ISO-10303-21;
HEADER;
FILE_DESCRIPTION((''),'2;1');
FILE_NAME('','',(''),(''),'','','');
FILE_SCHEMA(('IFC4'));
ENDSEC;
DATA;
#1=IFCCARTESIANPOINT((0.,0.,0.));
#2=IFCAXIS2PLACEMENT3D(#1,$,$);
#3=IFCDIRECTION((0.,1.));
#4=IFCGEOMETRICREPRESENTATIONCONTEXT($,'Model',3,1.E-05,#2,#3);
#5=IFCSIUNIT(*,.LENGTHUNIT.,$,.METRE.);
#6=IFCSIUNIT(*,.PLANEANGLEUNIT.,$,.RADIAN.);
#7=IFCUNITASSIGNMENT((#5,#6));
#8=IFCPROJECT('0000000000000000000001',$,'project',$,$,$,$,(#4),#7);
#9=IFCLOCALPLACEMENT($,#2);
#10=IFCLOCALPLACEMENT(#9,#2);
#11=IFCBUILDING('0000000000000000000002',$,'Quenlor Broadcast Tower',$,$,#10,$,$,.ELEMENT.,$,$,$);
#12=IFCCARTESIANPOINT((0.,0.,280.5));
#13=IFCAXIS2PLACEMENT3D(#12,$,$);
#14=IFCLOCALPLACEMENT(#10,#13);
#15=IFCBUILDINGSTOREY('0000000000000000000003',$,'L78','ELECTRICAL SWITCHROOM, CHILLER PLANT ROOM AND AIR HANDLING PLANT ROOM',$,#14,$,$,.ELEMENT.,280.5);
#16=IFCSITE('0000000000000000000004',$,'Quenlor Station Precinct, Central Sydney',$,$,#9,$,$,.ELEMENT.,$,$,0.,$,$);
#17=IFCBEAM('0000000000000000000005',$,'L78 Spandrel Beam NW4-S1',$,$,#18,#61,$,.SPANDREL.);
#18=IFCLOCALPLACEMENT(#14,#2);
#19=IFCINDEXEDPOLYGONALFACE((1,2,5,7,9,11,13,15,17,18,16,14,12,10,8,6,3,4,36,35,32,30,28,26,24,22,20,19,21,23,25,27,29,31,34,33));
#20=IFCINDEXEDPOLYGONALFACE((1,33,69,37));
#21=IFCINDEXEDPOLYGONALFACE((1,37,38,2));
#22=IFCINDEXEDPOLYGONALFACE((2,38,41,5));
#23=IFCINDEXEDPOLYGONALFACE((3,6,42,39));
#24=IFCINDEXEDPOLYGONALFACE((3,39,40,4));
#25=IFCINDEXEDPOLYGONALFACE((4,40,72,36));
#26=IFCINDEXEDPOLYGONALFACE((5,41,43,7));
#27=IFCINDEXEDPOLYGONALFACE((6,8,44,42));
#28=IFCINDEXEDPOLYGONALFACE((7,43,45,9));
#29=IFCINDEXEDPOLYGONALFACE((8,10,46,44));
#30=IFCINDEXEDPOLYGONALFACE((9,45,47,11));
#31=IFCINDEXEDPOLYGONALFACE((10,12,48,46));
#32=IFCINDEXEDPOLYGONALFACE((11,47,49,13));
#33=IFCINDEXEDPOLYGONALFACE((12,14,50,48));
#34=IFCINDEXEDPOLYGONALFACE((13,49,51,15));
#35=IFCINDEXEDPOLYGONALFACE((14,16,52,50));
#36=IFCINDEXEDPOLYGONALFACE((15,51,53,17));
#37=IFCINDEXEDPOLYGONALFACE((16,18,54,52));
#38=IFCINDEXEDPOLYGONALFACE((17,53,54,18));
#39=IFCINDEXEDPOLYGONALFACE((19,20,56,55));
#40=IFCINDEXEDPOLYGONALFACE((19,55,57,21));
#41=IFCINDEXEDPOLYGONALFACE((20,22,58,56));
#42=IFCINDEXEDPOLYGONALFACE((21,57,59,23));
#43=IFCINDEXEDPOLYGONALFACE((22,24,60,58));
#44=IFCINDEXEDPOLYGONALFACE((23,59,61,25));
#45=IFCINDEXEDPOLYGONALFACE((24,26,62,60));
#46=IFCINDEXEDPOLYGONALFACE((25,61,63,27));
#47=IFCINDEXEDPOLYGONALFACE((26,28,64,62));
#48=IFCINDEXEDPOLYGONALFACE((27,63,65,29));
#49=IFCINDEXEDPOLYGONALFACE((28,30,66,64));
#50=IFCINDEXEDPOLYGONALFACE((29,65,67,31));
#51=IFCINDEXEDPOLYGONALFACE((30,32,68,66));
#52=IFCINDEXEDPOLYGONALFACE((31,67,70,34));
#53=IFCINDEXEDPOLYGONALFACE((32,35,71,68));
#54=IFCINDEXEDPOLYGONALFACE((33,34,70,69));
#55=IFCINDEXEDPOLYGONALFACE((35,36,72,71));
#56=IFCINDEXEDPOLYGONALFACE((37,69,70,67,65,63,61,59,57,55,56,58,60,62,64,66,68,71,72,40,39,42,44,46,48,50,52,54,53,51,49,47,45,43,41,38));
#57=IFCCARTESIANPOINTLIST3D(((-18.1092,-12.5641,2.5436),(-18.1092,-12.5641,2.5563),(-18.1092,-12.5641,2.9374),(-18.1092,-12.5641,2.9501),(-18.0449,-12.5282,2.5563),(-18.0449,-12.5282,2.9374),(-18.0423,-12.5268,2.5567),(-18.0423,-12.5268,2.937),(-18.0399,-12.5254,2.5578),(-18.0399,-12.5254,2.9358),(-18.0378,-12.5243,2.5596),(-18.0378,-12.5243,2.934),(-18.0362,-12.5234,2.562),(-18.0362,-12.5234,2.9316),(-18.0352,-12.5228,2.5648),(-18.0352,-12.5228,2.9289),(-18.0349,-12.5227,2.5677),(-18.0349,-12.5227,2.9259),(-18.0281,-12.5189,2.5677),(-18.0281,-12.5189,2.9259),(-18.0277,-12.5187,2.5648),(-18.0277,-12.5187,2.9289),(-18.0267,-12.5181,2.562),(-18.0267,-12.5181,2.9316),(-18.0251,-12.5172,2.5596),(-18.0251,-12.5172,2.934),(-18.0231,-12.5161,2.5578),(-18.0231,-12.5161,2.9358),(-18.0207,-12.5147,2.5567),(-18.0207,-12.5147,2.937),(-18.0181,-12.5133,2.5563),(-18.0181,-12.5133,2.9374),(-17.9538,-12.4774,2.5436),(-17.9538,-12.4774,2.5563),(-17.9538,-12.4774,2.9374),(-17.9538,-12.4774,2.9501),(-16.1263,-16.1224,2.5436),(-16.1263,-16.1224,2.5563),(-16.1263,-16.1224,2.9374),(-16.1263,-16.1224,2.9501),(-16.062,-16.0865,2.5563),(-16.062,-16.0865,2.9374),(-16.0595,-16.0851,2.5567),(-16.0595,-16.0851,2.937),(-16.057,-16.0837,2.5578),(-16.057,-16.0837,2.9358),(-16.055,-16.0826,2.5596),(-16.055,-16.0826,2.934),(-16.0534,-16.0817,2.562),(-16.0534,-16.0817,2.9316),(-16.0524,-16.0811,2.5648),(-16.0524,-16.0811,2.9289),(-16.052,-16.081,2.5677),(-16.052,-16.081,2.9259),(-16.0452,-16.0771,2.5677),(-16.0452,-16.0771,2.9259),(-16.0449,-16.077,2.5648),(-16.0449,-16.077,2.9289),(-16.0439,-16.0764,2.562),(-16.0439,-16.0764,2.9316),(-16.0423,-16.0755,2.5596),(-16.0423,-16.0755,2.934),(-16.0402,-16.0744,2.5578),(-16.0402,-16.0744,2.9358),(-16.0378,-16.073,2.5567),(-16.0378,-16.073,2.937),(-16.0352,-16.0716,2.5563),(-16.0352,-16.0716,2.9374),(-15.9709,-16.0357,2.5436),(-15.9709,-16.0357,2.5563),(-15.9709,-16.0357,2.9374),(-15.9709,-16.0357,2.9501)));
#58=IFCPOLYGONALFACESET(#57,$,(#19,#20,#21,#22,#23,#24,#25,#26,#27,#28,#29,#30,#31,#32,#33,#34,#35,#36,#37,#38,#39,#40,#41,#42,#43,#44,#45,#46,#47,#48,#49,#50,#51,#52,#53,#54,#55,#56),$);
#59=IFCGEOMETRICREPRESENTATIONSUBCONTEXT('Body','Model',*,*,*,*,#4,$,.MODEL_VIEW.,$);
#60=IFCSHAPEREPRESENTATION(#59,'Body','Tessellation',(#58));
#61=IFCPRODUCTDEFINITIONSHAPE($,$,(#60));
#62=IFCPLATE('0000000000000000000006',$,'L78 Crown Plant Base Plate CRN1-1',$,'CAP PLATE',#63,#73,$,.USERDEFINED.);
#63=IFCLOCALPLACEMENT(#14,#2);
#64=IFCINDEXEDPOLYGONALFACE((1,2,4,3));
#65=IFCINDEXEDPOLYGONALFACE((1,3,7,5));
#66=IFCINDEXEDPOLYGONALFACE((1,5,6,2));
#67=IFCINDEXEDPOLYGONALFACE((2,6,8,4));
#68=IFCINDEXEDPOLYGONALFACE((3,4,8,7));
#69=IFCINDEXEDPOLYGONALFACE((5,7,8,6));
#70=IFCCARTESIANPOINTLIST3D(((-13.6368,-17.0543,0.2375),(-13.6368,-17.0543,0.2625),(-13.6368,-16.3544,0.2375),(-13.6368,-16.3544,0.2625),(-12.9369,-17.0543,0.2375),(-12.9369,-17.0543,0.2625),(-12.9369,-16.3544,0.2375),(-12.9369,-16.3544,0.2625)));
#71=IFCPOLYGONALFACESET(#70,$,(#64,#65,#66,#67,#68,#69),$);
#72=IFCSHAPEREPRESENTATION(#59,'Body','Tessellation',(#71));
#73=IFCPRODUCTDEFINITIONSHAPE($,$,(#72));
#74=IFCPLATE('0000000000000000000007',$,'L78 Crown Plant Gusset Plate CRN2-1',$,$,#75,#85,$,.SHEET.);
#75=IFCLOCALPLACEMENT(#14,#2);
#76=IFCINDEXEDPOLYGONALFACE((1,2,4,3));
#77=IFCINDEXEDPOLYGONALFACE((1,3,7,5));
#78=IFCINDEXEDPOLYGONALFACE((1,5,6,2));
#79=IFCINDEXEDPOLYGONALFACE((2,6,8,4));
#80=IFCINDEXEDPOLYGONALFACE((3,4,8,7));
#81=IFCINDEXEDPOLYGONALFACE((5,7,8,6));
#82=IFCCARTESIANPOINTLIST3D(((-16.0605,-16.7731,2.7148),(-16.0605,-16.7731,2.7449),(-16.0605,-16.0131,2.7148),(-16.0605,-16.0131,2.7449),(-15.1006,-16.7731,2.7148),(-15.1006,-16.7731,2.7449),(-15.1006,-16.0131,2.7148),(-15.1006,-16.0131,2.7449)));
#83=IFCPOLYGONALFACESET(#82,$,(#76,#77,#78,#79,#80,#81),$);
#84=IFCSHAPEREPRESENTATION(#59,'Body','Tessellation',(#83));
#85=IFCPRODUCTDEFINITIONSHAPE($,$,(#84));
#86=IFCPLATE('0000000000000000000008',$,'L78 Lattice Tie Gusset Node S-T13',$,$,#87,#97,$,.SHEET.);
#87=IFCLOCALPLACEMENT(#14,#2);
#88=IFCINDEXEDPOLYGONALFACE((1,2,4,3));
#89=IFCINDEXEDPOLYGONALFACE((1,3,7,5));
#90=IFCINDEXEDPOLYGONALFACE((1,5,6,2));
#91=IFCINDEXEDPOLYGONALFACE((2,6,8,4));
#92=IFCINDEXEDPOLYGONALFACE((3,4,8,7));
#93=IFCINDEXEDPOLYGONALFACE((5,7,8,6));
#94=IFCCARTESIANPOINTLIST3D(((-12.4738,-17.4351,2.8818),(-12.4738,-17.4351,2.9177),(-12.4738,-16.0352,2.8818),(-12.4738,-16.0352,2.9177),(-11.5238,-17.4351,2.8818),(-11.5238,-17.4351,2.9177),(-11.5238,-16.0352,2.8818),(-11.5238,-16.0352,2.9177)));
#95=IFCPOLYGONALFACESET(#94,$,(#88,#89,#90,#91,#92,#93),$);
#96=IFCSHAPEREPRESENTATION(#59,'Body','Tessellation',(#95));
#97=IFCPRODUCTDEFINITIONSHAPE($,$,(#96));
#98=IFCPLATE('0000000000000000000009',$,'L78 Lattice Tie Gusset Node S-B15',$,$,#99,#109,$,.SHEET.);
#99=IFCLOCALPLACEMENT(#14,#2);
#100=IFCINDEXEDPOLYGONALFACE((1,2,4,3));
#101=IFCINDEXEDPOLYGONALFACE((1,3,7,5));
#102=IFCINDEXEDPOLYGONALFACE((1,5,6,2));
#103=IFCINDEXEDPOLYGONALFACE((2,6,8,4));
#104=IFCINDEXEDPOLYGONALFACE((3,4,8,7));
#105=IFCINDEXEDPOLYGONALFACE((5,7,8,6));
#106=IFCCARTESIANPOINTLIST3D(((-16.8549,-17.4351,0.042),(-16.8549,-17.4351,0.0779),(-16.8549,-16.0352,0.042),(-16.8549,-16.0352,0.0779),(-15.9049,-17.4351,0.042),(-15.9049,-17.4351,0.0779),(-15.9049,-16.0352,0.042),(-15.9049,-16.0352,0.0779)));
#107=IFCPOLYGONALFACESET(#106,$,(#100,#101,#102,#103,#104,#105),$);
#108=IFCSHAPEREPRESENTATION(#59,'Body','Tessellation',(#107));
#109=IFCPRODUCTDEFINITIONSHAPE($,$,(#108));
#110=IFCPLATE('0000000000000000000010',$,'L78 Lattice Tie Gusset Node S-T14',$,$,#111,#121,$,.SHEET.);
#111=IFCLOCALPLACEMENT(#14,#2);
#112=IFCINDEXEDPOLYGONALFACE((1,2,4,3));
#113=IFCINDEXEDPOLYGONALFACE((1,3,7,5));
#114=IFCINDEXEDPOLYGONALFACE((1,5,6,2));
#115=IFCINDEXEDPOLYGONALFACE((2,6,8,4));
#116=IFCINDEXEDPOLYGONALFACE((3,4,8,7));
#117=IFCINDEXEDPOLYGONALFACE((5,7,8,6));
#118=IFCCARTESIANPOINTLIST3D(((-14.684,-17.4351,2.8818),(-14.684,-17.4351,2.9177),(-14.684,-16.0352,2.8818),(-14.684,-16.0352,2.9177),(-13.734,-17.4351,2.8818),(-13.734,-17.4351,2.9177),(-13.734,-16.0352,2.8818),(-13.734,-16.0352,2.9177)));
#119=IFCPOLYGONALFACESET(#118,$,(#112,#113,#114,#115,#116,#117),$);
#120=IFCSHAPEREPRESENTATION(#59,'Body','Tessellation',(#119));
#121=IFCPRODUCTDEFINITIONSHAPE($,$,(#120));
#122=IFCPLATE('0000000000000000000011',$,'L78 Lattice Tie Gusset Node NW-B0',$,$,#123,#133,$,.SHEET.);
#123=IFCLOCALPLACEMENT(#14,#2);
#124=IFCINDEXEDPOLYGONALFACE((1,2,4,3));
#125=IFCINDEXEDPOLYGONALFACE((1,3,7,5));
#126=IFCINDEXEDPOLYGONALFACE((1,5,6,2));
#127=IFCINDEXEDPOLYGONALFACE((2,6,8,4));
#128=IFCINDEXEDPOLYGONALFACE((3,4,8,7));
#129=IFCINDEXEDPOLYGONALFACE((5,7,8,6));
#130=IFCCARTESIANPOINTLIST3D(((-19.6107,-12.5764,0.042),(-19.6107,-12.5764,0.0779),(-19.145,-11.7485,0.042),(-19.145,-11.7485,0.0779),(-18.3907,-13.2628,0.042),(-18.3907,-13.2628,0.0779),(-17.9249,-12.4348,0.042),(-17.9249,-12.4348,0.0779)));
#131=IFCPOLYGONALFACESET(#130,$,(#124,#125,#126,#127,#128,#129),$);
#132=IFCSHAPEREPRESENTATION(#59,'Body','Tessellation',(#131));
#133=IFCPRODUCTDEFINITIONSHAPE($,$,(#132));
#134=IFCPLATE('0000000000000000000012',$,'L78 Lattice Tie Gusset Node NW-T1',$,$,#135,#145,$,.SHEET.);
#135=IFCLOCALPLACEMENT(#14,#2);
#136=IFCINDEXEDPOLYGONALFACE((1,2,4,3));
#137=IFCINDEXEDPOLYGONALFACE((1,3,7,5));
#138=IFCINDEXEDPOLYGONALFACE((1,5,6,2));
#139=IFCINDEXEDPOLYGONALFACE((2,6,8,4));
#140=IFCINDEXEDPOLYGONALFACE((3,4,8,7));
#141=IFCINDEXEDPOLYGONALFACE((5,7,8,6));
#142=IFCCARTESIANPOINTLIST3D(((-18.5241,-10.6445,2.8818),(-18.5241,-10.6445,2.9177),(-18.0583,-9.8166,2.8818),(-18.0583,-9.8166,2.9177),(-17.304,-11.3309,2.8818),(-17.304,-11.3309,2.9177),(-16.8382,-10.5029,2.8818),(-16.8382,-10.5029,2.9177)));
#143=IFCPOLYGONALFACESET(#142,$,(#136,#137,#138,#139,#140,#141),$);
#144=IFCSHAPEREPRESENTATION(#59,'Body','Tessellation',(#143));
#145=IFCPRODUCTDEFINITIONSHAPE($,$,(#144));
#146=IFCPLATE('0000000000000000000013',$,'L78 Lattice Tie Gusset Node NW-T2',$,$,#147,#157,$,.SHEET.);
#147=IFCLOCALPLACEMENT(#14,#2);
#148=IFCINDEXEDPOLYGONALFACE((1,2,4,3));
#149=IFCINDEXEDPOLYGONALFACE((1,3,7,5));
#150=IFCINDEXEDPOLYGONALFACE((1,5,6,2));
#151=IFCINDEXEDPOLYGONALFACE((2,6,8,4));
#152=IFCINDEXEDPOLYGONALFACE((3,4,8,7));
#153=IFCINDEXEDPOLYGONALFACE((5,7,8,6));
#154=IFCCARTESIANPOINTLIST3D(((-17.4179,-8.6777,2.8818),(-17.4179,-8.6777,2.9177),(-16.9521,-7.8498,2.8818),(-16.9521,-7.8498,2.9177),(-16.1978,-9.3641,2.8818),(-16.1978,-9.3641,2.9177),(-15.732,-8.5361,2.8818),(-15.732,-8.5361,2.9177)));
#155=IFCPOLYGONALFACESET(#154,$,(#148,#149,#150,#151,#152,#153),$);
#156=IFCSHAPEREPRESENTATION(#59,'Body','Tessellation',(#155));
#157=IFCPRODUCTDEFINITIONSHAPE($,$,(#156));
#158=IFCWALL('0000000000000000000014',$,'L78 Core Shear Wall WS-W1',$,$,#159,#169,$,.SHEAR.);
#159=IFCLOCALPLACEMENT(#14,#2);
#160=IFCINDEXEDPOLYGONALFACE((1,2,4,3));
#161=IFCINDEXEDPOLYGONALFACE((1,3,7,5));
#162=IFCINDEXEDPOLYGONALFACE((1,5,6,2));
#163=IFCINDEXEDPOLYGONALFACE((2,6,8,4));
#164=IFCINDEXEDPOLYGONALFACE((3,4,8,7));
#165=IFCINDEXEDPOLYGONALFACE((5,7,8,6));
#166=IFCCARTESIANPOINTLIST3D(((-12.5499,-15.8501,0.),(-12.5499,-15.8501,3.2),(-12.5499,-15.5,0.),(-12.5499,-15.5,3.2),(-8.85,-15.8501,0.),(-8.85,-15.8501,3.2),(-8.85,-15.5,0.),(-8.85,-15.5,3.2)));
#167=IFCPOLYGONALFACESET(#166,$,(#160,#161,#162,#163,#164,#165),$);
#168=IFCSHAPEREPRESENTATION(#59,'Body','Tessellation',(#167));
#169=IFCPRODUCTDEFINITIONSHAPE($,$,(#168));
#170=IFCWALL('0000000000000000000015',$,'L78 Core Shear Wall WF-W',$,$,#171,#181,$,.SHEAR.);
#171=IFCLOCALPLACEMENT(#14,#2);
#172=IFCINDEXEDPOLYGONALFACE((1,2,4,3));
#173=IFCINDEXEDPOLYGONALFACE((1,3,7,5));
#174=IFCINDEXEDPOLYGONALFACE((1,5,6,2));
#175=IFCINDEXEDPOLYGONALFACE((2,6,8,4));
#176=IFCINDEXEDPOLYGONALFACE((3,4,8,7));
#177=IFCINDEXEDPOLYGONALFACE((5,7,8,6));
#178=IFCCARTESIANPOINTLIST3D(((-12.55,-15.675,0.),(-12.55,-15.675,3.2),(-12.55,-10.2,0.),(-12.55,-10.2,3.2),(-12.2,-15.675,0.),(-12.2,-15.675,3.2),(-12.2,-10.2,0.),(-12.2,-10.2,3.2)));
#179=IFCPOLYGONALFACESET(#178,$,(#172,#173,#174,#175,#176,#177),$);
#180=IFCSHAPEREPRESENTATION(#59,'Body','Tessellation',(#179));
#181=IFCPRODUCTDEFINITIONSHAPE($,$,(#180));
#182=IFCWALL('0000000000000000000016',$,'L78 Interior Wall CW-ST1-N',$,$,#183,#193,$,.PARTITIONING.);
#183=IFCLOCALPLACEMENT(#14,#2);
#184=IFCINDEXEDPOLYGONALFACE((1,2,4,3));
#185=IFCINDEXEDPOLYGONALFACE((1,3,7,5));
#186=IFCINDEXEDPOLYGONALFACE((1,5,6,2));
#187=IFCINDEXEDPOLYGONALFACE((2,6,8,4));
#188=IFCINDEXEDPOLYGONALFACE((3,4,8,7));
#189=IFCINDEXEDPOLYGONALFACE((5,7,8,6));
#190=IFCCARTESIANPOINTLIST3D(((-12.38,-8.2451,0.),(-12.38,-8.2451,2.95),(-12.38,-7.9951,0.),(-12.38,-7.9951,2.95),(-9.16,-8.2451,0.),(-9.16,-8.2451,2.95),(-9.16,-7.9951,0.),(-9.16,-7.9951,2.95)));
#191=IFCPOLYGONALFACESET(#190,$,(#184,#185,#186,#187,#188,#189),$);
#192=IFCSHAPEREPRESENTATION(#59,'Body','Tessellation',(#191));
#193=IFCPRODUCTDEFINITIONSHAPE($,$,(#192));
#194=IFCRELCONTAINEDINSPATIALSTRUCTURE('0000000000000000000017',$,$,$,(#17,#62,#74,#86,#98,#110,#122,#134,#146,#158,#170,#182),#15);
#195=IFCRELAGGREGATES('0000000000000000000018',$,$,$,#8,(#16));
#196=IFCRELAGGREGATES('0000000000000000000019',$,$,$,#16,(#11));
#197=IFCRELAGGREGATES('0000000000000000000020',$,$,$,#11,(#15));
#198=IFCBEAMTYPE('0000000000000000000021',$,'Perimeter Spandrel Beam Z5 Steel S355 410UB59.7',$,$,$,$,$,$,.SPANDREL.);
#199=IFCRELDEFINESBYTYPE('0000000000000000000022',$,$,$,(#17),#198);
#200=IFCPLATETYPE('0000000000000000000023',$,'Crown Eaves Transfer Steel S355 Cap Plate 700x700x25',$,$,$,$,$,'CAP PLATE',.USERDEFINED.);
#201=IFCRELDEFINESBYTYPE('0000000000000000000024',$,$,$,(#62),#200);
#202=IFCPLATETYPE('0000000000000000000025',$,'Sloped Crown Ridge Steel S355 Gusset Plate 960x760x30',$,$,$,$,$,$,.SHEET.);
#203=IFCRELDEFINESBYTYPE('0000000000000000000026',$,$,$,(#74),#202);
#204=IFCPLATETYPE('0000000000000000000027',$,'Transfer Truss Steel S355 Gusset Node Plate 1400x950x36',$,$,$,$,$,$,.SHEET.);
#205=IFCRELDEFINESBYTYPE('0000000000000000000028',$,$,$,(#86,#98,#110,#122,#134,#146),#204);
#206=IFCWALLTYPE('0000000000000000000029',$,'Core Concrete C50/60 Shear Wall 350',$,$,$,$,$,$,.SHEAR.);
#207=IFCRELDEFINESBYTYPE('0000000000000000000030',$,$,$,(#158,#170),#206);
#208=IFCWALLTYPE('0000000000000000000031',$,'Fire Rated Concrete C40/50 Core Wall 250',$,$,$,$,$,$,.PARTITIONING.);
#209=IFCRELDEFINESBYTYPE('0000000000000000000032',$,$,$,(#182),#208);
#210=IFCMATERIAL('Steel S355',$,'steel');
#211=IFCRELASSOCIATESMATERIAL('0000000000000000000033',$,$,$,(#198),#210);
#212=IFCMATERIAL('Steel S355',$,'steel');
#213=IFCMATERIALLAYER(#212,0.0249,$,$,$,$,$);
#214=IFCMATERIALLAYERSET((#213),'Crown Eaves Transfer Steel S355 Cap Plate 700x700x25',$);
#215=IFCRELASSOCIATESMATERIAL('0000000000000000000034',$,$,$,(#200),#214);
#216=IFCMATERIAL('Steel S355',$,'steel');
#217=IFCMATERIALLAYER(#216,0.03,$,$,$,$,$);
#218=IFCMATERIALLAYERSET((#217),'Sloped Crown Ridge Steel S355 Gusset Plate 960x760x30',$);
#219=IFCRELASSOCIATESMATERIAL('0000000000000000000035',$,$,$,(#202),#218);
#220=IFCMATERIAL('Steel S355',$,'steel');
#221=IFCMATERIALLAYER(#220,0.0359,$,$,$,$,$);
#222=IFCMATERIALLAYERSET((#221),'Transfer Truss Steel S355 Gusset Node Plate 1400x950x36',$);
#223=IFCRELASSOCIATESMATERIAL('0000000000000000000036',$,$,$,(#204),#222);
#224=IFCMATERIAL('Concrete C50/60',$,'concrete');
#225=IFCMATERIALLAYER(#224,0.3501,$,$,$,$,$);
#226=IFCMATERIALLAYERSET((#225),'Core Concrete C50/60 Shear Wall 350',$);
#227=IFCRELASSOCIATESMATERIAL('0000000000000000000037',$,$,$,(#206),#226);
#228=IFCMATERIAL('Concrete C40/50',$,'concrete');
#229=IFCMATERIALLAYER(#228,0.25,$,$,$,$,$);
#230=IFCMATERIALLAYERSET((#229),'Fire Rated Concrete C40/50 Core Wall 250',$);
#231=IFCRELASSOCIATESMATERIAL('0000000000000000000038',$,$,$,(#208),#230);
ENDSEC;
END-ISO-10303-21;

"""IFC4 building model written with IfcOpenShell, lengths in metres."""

from ifc_helpers import new_model, si_unit, direction, frame, frame_2d, origin, origin_2d, place, context, subcontext, project, spatial, rectangle, i_section, extrude, material, layer, layer_set, material_profile, profile_set, type_object, element, save


model = new_model("IFC4")

# Units and contexts
model_context = context("Model", 3, precision=1e-05, world=origin(), true_north=direction((0.0, 1.0)))
body_context = subcontext(model_context, "Body", "Model", "MODEL_VIEW")
ifc_project = project(units=[si_unit("LENGTHUNIT", "METRE"), si_unit("PLANEANGLEUNIT", "RADIAN")], contexts=[model_context])

# Site, building, storey
site_placement = place(None, origin())
site = spatial("IfcSite", under=ifc_project, at=site_placement, Name="Quenlor Station Precinct, Central Sydney", CompositionType="ELEMENT", RefElevation=0.0)
building_placement = place(site_placement, origin())
building = spatial("IfcBuilding", under=site, at=building_placement, Name="Quenlor Broadcast Tower", CompositionType="ELEMENT")
storey_placement = place(building_placement, frame((0.0, 0.0, 280.5)))
storey = spatial("IfcBuildingStorey", under=building, at=storey_placement, Name="L78", Description="ELECTRICAL SWITCHROOM, CHILLER PLANT ROOM AND AIR HANDLING PLANT ROOM", CompositionType="ELEMENT", Elevation=280.5)

# Beam
ifc_material_1 = material(Name="Steel S355", Category="steel")
ifc_material_profile_1 = material_profile(ifc_material_1, i_section(OverallWidth=0.178, OverallDepth=0.4065, WebThickness=0.0078, FlangeThickness=0.0127, FilletRadius=0.0115, at=origin_2d()))
ifc_profile_set_1 = profile_set([ifc_material_profile_1], Name="Steel S355 410UB59.7")
beam_type_1 = type_object("IfcBeamType", Name="Perimeter Spandrel Beam Z5 Steel S355 410UB59.7", PredefinedType="SPANDREL", material=ifc_profile_set_1)
beam_1_placement = place(storey_placement, frame((-18.0315, -12.5208, 2.7468), z_axis=(0.486777, -0.873526, 0.0), x_axis=(0.873526, 0.486777, 0.0)))
element("IfcBeam", 1, at=beam_1_placement, inside=storey, type_object=beam_type_1, Name="L78 Spandrel Beam NW4-S1", PredefinedType="SPANDREL", context=body_context, shape_type="SweptSolid", body=[
    extrude(i_section(OverallWidth=0.178, OverallDepth=0.4065, WebThickness=0.0078, FlangeThickness=0.0127, FilletRadius=0.0115, at=origin_2d()), origin(), (0.0, 0.0, 1.0), 4.0735),
])

# Plates
ifc_material_2 = material(Name="Steel S355", Category="steel")
ifc_layer_1 = layer(ifc_material_2, 0.0249)
ifc_layer_set_1 = layer_set([ifc_layer_1], Name="Crown Eaves Transfer Steel S355 Cap Plate 700x700x25")
plate_type_1 = type_object("IfcPlateType", Name="Crown Eaves Transfer Steel S355 Cap Plate 700x700x25", ElementType="CAP PLATE", PredefinedType="USERDEFINED", material=ifc_layer_set_1)
plate_1_placement = place(storey_placement, frame((-13.2869, -16.7043, 0.2375), z_axis=(0.0, 0.0, 1.0), x_axis=(1.0, 0.0, 0.0)))
element("IfcPlate", 2, at=plate_1_placement, inside=storey, type_object=plate_type_1, Name="L78 Crown Plant Base Plate CRN1-1", ObjectType="CAP PLATE", PredefinedType="USERDEFINED", context=body_context, shape_type="SweptSolid", body=[
    extrude(rectangle(XDim=0.7, YDim=0.7, at=origin_2d()), origin(), (0.0, 0.0, 1.0), 0.0249),
])
ifc_material_3 = material(Name="Steel S355", Category="steel")
ifc_layer_2 = layer(ifc_material_3, 0.03)
ifc_layer_set_2 = layer_set([ifc_layer_2], Name="Sloped Crown Ridge Steel S355 Gusset Plate 960x760x30")
plate_type_2 = type_object("IfcPlateType", Name="Sloped Crown Ridge Steel S355 Gusset Plate 960x760x30", PredefinedType="SHEET", material=ifc_layer_set_2)
plate_2_placement = place(storey_placement, frame((-15.5806, -16.3931, 2.7148), z_axis=(0.0, 0.0, 1.0), x_axis=(1.0, 0.0, 0.0)))
element("IfcPlate", 3, at=plate_2_placement, inside=storey, type_object=plate_type_2, Name="L78 Crown Plant Gusset Plate CRN2-1", PredefinedType="SHEET", context=body_context, shape_type="SweptSolid", body=[
    extrude(rectangle(XDim=0.96, YDim=0.76, at=origin_2d()), origin(), (0.0, 0.0, 1.0), 0.03),
])
ifc_material_4 = material(Name="Steel S355", Category="steel")
ifc_layer_3 = layer(ifc_material_4, 0.0359)
ifc_layer_set_3 = layer_set([ifc_layer_3], Name="Transfer Truss Steel S355 Gusset Node Plate 1400x950x36")
plate_type_3 = type_object("IfcPlateType", Name="Transfer Truss Steel S355 Gusset Node Plate 1400x950x36", PredefinedType="SHEET", material=ifc_layer_set_3)
for number, where, z_axis, x_axis, name in (
    (4, (-11.9988, -16.7351, 2.8818), (0.0, 0.0, 1.0), (0.0, -1.0, 0.0), "L78 Lattice Tie Gusset Node S-T13"),
    (5, (-16.3799, -16.7351, 0.042), (0.0, 0.0, 1.0), (0.0, -1.0, 0.0), "L78 Lattice Tie Gusset Node S-B15"),
    (6, (-14.209, -16.7351, 2.8818), (0.0, 0.0, 1.0), (0.0, -1.0, 0.0), "L78 Lattice Tie Gusset Node S-T14"),
    (7, (-18.7678, -12.5056, 0.042), (0.0, 0.0, 1.0), (-0.871556, 0.490295, 0.0), "L78 Lattice Tie Gusset Node NW-B0"),
    (8, (-17.6812, -10.5737, 2.8818), (0.0, 0.0, 1.0), (-0.871556, 0.490295, 0.0), "L78 Lattice Tie Gusset Node NW-T1"),
    (9, (-16.575, -8.6069, 2.8818), (0.0, 0.0, 1.0), (-0.871556, 0.490295, 0.0), "L78 Lattice Tie Gusset Node NW-T2"),
):
    element("IfcPlate", number, at=place(storey_placement, frame(where, z_axis=z_axis, x_axis=x_axis)), inside=storey, type_object=plate_type_3, Name=name, PredefinedType="SHEET", context=body_context, shape_type="SweptSolid", body=[
        extrude(rectangle(XDim=1.3999, YDim=0.95, at=origin_2d()), origin(), (0.0, 0.0, 1.0), 0.0359),
    ])

# Walls
ifc_material_5 = material(Name="Concrete C50/60", Category="concrete")
ifc_layer_4 = layer(ifc_material_5, 0.3501)
ifc_layer_set_4 = layer_set([ifc_layer_4], Name="Core Concrete C50/60 Shear Wall 350")
wall_type_1 = type_object("IfcWallType", Name="Core Concrete C50/60 Shear Wall 350", PredefinedType="SHEAR", material=ifc_layer_set_4)
wall_1_placement = place(storey_placement, frame((-12.55, -15.675, 0.0), z_axis=(0.0, 0.0, 1.0), x_axis=(1.0, 0.0, 0.0)))
element("IfcWall", 10, at=wall_1_placement, inside=storey, type_object=wall_type_1, Name="L78 Core Shear Wall WS-W1", PredefinedType="SHEAR", context=body_context, shape_type="SweptSolid", body=[
    extrude(rectangle(XDim=3.7, YDim=0.3501, at=frame_2d((1.8501, 0.0))), origin(), (0.0, 0.0, 1.0), 3.2),
])
wall_2_placement = place(storey_placement, frame((-12.375, -15.675, 0.0), z_axis=(0.0, 0.0, 1.0), x_axis=(0.0, 1.0, 0.0)))
element("IfcWall", 11, at=wall_2_placement, inside=storey, type_object=wall_type_1, Name="L78 Core Shear Wall WF-W", PredefinedType="SHEAR", context=body_context, shape_type="SweptSolid", body=[
    extrude(rectangle(XDim=5.4751, YDim=0.3501, at=frame_2d((2.7375, 0.0))), origin(), (0.0, 0.0, 1.0), 3.2),
])
ifc_material_6 = material(Name="Concrete C40/50", Category="concrete")
ifc_layer_5 = layer(ifc_material_6, 0.25)
ifc_layer_set_5 = layer_set([ifc_layer_5], Name="Fire Rated Concrete C40/50 Core Wall 250")
wall_type_2 = type_object("IfcWallType", Name="Fire Rated Concrete C40/50 Core Wall 250", PredefinedType="PARTITIONING", material=ifc_layer_set_5)
wall_3_placement = place(storey_placement, frame((-12.3799, -8.1201, 0.0), z_axis=(0.0, 0.0, 1.0), x_axis=(1.0, 0.0, 0.0)))
element("IfcWall", 12, at=wall_3_placement, inside=storey, type_object=wall_type_2, Name="L78 Interior Wall CW-ST1-N", PredefinedType="PARTITIONING", context=body_context, shape_type="SweptSolid", body=[
    extrude(rectangle(XDim=3.22, YDim=0.25, at=frame_2d((1.6099, 0.0))), origin(), (0.0, 0.0, 1.0), 2.95),
])

save(model, "model.ifc")
